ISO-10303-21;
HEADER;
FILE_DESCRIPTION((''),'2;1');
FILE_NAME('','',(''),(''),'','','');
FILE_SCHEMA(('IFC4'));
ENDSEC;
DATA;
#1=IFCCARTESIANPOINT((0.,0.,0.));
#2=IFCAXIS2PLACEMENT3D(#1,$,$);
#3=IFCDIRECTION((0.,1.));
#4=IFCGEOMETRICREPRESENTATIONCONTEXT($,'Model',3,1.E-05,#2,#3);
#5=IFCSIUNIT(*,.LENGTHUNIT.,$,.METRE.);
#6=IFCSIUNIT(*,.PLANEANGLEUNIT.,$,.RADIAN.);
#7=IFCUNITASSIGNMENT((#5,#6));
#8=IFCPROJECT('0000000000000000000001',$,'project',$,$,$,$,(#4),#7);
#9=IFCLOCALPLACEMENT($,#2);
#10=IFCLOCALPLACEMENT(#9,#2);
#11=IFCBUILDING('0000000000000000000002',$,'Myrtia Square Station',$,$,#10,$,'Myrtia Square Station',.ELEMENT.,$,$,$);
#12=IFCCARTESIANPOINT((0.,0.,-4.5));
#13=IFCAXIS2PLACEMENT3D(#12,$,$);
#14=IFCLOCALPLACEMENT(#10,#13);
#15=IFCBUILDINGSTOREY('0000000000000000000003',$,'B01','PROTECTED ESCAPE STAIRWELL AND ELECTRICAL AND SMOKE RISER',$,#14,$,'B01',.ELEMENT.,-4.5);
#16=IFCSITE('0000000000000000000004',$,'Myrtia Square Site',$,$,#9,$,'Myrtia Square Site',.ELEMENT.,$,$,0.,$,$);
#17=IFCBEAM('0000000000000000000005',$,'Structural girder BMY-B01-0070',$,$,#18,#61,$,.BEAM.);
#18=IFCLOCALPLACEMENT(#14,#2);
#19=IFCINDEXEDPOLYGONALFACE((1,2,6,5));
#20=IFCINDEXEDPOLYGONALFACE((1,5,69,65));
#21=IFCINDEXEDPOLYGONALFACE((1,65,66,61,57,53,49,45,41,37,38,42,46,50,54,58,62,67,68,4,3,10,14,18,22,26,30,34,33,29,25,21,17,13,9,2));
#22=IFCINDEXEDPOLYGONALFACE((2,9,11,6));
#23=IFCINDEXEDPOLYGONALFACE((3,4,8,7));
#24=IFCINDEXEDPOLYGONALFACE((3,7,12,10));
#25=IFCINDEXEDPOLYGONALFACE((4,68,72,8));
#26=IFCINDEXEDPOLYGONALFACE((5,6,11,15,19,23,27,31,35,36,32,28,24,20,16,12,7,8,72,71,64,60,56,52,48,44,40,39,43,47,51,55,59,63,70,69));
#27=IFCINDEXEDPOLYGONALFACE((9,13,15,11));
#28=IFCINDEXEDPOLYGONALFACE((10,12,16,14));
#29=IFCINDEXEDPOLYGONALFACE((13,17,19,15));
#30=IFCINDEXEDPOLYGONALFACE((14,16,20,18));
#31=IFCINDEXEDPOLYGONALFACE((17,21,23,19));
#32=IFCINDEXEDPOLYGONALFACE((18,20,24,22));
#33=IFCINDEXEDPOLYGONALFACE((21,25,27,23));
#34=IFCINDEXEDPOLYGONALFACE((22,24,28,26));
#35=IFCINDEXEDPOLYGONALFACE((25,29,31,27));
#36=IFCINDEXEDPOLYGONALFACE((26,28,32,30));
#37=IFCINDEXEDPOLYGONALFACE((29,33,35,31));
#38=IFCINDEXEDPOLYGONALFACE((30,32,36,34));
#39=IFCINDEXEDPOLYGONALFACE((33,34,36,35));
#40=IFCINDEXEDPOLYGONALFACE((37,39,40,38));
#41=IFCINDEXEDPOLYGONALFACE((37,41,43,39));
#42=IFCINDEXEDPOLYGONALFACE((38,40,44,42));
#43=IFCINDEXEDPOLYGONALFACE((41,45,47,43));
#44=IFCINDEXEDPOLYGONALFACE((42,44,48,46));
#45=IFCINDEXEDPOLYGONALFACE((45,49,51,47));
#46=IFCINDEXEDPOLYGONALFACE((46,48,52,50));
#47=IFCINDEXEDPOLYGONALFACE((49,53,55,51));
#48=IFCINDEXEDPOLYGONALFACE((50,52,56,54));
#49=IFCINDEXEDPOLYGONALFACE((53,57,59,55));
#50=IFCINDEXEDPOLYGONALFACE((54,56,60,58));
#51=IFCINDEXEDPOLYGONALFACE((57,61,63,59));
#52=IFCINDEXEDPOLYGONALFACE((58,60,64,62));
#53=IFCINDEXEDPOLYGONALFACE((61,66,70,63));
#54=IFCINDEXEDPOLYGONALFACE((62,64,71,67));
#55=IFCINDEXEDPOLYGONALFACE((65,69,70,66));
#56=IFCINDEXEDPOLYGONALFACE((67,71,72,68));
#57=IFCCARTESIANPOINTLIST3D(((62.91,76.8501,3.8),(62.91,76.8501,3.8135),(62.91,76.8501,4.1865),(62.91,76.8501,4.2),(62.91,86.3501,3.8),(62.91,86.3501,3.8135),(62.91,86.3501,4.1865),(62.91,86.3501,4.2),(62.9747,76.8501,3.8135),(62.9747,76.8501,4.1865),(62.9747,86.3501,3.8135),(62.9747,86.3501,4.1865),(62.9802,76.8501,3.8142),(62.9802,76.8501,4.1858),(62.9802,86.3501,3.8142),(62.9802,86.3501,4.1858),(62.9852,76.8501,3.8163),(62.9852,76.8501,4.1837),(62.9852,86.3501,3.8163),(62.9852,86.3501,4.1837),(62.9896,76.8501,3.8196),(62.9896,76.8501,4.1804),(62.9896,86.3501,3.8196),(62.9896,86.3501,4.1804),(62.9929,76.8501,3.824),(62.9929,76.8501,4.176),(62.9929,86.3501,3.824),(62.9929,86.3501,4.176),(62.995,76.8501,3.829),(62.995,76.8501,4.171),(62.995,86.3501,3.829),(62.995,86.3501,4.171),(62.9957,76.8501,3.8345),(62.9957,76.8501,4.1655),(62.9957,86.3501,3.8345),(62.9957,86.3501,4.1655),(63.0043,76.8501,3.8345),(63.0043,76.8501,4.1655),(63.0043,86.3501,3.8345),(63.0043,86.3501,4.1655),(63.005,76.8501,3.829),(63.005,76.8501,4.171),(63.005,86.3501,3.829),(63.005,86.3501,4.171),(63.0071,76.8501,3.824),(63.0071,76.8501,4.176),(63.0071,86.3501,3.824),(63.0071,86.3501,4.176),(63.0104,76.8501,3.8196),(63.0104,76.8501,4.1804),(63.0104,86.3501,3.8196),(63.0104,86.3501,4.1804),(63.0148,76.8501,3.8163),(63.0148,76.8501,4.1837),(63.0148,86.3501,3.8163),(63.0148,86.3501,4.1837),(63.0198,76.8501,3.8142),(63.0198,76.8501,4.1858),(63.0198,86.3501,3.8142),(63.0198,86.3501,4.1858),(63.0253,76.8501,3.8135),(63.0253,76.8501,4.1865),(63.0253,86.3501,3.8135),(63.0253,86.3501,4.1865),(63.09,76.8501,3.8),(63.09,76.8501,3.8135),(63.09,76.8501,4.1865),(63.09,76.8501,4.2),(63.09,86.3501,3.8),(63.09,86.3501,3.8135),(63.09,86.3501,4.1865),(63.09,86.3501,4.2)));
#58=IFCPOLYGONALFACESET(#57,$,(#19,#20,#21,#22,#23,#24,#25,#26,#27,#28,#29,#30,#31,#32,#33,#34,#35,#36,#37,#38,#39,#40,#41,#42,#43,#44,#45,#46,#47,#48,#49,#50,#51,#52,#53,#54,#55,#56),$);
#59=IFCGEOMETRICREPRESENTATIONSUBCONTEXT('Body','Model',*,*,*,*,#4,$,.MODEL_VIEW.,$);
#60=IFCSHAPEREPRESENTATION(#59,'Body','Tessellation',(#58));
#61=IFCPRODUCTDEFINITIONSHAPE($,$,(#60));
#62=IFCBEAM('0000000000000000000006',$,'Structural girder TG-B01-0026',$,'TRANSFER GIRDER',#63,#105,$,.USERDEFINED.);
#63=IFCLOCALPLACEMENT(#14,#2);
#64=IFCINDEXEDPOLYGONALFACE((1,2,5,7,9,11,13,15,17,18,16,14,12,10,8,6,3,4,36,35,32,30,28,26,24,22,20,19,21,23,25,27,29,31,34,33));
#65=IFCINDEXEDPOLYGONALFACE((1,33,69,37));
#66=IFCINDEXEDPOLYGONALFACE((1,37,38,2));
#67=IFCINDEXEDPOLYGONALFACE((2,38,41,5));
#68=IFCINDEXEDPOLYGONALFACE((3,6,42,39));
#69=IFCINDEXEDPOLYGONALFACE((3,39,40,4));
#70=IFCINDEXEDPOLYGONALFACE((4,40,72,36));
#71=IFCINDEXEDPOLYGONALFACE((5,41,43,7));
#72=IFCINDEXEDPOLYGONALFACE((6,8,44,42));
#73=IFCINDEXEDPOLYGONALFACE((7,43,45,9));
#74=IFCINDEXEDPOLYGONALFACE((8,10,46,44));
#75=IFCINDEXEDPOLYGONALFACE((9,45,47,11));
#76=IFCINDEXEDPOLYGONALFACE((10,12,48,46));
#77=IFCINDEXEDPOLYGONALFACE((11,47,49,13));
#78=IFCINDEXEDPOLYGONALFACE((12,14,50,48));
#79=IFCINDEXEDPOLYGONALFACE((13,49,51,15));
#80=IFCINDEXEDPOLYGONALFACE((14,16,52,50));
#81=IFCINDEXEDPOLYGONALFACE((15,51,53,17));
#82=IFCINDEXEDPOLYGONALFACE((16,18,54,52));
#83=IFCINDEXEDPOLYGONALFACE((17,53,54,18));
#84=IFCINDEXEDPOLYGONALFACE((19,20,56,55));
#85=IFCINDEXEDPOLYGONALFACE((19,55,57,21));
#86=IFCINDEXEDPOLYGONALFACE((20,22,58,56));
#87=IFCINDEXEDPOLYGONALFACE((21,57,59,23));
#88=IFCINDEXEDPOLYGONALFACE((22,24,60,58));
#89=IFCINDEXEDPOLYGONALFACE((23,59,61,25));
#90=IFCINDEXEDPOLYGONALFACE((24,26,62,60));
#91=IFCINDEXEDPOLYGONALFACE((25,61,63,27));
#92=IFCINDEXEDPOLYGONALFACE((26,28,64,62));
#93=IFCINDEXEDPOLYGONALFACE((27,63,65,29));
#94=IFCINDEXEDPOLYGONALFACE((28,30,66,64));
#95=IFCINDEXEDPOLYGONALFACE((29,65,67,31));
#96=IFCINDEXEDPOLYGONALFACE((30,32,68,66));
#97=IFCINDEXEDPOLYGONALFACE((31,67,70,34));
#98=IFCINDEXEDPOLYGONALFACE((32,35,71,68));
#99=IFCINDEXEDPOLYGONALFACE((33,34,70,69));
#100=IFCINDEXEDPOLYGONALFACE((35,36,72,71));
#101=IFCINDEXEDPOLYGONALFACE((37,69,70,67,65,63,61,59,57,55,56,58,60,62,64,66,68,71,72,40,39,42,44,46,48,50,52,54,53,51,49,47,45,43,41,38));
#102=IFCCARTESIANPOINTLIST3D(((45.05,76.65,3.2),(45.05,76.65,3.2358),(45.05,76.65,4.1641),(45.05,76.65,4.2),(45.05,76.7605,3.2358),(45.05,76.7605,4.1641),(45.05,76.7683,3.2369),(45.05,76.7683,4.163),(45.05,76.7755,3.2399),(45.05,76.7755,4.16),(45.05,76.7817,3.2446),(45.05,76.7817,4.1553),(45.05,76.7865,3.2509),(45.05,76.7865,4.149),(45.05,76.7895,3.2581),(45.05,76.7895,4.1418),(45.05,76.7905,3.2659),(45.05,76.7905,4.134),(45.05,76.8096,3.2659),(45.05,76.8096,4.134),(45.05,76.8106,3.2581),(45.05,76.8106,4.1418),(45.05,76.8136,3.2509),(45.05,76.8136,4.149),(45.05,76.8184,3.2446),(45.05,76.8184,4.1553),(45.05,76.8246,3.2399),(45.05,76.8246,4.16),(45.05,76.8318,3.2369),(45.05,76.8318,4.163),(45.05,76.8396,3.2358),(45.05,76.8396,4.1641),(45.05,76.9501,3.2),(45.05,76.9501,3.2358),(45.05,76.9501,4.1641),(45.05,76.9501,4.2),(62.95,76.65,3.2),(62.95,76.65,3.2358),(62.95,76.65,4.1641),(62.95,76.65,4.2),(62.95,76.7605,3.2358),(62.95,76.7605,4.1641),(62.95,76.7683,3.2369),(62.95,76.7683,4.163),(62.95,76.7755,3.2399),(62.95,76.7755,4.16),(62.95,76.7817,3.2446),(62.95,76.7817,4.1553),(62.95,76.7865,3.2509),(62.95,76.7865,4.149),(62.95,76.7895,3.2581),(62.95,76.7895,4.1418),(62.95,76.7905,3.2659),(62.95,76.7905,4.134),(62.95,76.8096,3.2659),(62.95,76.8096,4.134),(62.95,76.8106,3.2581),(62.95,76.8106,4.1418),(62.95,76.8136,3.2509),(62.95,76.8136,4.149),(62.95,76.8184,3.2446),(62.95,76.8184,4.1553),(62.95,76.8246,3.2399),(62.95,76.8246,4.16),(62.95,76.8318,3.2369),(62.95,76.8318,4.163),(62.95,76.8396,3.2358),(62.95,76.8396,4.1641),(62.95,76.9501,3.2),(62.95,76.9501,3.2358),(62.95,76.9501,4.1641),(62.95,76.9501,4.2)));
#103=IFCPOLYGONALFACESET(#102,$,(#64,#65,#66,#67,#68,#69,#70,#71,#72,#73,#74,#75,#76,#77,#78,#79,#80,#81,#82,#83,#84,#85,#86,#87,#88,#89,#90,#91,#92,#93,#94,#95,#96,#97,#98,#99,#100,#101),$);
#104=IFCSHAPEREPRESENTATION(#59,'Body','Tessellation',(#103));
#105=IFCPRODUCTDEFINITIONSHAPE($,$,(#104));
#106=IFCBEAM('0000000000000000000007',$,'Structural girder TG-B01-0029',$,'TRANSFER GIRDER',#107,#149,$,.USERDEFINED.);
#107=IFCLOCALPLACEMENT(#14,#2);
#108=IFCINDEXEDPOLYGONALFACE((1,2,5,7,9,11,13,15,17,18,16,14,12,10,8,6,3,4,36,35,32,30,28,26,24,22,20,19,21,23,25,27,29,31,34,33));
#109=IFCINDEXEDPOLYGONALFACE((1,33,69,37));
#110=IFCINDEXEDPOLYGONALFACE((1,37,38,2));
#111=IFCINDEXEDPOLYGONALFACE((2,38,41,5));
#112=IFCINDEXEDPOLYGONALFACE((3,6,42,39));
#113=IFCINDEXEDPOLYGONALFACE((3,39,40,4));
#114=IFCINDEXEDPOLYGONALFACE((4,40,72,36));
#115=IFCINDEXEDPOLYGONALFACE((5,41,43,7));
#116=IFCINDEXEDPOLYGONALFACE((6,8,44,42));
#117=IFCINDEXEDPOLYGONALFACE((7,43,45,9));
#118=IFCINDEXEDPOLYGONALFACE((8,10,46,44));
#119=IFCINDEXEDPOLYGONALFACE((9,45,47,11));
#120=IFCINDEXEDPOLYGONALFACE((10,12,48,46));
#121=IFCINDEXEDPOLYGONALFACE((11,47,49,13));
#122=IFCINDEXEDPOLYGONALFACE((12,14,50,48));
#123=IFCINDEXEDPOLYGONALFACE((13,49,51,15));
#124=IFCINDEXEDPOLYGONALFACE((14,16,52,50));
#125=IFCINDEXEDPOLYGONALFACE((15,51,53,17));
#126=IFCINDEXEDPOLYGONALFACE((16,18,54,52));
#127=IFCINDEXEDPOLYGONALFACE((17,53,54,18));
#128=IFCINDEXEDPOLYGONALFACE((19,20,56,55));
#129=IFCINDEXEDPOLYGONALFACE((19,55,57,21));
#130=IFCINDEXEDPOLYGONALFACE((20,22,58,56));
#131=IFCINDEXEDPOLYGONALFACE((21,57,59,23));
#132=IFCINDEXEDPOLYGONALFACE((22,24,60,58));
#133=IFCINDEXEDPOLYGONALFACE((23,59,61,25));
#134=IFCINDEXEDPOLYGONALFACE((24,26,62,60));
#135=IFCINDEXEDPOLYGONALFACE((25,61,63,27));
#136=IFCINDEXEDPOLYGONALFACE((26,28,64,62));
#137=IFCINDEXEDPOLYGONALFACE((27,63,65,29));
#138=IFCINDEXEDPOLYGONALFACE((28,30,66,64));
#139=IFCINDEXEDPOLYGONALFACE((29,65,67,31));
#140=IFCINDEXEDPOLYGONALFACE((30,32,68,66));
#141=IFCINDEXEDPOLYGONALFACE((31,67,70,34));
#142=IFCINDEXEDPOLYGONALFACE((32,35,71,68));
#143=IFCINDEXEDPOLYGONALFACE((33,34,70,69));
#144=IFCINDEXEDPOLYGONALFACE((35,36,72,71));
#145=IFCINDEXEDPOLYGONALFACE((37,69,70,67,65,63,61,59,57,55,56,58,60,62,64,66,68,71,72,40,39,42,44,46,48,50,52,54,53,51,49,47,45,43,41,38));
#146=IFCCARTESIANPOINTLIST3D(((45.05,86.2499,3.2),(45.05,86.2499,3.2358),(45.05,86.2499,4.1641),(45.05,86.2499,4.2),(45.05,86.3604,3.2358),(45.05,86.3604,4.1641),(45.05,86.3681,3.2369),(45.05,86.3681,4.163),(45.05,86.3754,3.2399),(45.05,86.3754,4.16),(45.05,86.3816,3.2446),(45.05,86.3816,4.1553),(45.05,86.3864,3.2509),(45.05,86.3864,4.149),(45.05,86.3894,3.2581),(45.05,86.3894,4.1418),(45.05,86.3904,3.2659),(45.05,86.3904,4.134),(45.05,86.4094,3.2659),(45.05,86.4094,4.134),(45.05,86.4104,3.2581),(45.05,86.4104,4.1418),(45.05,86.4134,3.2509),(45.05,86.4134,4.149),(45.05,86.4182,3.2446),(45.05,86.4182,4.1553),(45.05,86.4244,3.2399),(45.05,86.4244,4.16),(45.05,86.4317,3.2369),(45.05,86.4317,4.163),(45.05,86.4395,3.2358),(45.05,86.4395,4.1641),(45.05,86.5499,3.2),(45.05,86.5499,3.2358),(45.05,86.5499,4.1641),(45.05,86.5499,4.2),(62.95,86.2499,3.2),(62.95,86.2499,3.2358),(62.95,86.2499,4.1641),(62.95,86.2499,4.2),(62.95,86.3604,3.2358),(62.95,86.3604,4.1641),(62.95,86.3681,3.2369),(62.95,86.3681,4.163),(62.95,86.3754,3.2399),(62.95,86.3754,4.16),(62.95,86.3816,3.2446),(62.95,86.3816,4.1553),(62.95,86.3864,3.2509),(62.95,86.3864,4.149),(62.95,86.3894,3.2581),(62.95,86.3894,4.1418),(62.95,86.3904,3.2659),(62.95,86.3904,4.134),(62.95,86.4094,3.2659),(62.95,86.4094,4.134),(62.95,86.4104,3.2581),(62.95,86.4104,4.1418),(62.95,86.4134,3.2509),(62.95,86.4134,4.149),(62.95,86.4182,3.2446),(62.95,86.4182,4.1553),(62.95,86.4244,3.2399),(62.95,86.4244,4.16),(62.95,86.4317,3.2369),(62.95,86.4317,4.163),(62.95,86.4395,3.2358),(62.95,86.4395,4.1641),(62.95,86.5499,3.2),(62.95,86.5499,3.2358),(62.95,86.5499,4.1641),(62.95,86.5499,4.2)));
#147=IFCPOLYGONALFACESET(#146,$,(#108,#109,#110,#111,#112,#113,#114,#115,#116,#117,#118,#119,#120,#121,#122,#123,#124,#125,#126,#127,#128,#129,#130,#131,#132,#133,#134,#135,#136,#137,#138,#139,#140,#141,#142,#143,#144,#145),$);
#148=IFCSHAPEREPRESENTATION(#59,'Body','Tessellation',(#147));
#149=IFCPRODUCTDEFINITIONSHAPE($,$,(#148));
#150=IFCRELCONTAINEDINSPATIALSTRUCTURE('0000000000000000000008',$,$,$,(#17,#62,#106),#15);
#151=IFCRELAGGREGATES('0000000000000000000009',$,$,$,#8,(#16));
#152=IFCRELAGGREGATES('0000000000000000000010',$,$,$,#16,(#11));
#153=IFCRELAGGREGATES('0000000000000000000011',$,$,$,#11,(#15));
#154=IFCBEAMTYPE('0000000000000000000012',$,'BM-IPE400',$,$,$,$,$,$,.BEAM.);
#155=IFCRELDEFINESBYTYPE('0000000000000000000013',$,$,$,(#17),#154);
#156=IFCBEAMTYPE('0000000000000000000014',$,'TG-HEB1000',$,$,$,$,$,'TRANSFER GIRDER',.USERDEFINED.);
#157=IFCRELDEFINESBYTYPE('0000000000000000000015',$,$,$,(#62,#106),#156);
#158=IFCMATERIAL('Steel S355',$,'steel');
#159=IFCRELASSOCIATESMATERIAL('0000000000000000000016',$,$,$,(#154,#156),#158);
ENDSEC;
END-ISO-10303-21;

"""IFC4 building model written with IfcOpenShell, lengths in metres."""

from ifc_helpers import new_model, si_unit, direction, frame, origin, origin_2d, place, context, subcontext, project, spatial, i_section, extrude, material, material_profile, profile_set, type_object, element, save


model = new_model("IFC4")

# Units and contexts
model_context = context("Model", 3, precision=1e-05, world=origin(), true_north=direction((0.0, 1.0)))
body_context = subcontext(model_context, "Body", "Model", "MODEL_VIEW")
ifc_project = project(units=[si_unit("LENGTHUNIT", "METRE"), si_unit("PLANEANGLEUNIT", "RADIAN")], contexts=[model_context])

# Site, building, storey
site_placement = place(None, origin())
site = spatial("IfcSite", under=ifc_project, at=site_placement, Name="Myrtia Square Site", LongName="Myrtia Square Site", CompositionType="ELEMENT", RefElevation=0.0)
building_placement = place(site_placement, origin())
building = spatial("IfcBuilding", under=site, at=building_placement, Name="Myrtia Square Station", LongName="Myrtia Square Station", CompositionType="ELEMENT")
storey_placement = place(building_placement, frame((0.0, 0.0, -4.5)))
storey = spatial("IfcBuildingStorey", under=building, at=storey_placement, Name="B01", Description="PROTECTED ESCAPE STAIRWELL AND ELECTRICAL AND SMOKE RISER", LongName="B01", CompositionType="ELEMENT", Elevation=-4.5)

# Shared definitions
ifc_material_1 = material(Name="Steel S355", Category="steel")

# Beams
ifc_material_profile_1 = material_profile(ifc_material_1, i_section(OverallWidth=0.1799, OverallDepth=0.3999, WebThickness=0.0085, FlangeThickness=0.0134, FilletRadius=0.021, at=origin_2d()), Name="IPE 400")
ifc_profile_set_1 = profile_set([ifc_material_profile_1], Name="Steel S355")
beam_type_1 = type_object("IfcBeamType", Name="BM-IPE400", PredefinedType="BEAM", material=ifc_profile_set_1)
for number, where, z_axis, x_axis, name in (
    (1, (63.0, 76.8501, 4.0), (0.0, 1.0, 0.0), (-1.0, 0.0, 0.0), "Structural girder BMY-B01-0070"),
):
    element("IfcBeam", number, at=place(storey_placement, frame(where, z_axis=z_axis, x_axis=x_axis)), inside=storey, type_object=beam_type_1, Name=name, PredefinedType="BEAM", context=body_context, shape_type="SweptSolid", body=[
        extrude(i_section(OverallWidth=0.1799, OverallDepth=0.3999, WebThickness=0.0085, FlangeThickness=0.0134, FilletRadius=0.021, at=origin_2d()), origin(), (0.0, 0.0, 1.0), 9.5),
    ])
ifc_material_profile_2 = material_profile(ifc_material_1, i_section(OverallWidth=0.3, OverallDepth=1.0, WebThickness=0.019, FlangeThickness=0.0359, FilletRadius=0.03, at=origin_2d()), Name="HEB 1000")
ifc_profile_set_2 = profile_set([ifc_material_profile_2], Name="Steel S355")
beam_type_2 = type_object("IfcBeamType", Name="TG-HEB1000", ElementType="TRANSFER GIRDER", PredefinedType="USERDEFINED", material=ifc_profile_set_2)
for number, where, z_axis, x_axis, name in (
    (2, (45.05, 76.8, 3.7), (1.0, 0.0, 0.0), (0.0, 1.0, 0.0), "Structural girder TG-B01-0026"),
    (3, (45.05, 86.3999, 3.7), (1.0, 0.0, 0.0), (0.0, 1.0, 0.0), "Structural girder TG-B01-0029"),
):
    element("IfcBeam", number, at=place(storey_placement, frame(where, z_axis=z_axis, x_axis=x_axis)), inside=storey, type_object=beam_type_2, Name=name, ObjectType="TRANSFER GIRDER", PredefinedType="USERDEFINED", context=body_context, shape_type="SweptSolid", body=[
        extrude(i_section(OverallWidth=0.3, OverallDepth=1.0, WebThickness=0.019, FlangeThickness=0.0359, FilletRadius=0.03, at=origin_2d()), origin(), (0.0, 0.0, 1.0), 17.8999),
    ])

save(model, "model.ifc")
